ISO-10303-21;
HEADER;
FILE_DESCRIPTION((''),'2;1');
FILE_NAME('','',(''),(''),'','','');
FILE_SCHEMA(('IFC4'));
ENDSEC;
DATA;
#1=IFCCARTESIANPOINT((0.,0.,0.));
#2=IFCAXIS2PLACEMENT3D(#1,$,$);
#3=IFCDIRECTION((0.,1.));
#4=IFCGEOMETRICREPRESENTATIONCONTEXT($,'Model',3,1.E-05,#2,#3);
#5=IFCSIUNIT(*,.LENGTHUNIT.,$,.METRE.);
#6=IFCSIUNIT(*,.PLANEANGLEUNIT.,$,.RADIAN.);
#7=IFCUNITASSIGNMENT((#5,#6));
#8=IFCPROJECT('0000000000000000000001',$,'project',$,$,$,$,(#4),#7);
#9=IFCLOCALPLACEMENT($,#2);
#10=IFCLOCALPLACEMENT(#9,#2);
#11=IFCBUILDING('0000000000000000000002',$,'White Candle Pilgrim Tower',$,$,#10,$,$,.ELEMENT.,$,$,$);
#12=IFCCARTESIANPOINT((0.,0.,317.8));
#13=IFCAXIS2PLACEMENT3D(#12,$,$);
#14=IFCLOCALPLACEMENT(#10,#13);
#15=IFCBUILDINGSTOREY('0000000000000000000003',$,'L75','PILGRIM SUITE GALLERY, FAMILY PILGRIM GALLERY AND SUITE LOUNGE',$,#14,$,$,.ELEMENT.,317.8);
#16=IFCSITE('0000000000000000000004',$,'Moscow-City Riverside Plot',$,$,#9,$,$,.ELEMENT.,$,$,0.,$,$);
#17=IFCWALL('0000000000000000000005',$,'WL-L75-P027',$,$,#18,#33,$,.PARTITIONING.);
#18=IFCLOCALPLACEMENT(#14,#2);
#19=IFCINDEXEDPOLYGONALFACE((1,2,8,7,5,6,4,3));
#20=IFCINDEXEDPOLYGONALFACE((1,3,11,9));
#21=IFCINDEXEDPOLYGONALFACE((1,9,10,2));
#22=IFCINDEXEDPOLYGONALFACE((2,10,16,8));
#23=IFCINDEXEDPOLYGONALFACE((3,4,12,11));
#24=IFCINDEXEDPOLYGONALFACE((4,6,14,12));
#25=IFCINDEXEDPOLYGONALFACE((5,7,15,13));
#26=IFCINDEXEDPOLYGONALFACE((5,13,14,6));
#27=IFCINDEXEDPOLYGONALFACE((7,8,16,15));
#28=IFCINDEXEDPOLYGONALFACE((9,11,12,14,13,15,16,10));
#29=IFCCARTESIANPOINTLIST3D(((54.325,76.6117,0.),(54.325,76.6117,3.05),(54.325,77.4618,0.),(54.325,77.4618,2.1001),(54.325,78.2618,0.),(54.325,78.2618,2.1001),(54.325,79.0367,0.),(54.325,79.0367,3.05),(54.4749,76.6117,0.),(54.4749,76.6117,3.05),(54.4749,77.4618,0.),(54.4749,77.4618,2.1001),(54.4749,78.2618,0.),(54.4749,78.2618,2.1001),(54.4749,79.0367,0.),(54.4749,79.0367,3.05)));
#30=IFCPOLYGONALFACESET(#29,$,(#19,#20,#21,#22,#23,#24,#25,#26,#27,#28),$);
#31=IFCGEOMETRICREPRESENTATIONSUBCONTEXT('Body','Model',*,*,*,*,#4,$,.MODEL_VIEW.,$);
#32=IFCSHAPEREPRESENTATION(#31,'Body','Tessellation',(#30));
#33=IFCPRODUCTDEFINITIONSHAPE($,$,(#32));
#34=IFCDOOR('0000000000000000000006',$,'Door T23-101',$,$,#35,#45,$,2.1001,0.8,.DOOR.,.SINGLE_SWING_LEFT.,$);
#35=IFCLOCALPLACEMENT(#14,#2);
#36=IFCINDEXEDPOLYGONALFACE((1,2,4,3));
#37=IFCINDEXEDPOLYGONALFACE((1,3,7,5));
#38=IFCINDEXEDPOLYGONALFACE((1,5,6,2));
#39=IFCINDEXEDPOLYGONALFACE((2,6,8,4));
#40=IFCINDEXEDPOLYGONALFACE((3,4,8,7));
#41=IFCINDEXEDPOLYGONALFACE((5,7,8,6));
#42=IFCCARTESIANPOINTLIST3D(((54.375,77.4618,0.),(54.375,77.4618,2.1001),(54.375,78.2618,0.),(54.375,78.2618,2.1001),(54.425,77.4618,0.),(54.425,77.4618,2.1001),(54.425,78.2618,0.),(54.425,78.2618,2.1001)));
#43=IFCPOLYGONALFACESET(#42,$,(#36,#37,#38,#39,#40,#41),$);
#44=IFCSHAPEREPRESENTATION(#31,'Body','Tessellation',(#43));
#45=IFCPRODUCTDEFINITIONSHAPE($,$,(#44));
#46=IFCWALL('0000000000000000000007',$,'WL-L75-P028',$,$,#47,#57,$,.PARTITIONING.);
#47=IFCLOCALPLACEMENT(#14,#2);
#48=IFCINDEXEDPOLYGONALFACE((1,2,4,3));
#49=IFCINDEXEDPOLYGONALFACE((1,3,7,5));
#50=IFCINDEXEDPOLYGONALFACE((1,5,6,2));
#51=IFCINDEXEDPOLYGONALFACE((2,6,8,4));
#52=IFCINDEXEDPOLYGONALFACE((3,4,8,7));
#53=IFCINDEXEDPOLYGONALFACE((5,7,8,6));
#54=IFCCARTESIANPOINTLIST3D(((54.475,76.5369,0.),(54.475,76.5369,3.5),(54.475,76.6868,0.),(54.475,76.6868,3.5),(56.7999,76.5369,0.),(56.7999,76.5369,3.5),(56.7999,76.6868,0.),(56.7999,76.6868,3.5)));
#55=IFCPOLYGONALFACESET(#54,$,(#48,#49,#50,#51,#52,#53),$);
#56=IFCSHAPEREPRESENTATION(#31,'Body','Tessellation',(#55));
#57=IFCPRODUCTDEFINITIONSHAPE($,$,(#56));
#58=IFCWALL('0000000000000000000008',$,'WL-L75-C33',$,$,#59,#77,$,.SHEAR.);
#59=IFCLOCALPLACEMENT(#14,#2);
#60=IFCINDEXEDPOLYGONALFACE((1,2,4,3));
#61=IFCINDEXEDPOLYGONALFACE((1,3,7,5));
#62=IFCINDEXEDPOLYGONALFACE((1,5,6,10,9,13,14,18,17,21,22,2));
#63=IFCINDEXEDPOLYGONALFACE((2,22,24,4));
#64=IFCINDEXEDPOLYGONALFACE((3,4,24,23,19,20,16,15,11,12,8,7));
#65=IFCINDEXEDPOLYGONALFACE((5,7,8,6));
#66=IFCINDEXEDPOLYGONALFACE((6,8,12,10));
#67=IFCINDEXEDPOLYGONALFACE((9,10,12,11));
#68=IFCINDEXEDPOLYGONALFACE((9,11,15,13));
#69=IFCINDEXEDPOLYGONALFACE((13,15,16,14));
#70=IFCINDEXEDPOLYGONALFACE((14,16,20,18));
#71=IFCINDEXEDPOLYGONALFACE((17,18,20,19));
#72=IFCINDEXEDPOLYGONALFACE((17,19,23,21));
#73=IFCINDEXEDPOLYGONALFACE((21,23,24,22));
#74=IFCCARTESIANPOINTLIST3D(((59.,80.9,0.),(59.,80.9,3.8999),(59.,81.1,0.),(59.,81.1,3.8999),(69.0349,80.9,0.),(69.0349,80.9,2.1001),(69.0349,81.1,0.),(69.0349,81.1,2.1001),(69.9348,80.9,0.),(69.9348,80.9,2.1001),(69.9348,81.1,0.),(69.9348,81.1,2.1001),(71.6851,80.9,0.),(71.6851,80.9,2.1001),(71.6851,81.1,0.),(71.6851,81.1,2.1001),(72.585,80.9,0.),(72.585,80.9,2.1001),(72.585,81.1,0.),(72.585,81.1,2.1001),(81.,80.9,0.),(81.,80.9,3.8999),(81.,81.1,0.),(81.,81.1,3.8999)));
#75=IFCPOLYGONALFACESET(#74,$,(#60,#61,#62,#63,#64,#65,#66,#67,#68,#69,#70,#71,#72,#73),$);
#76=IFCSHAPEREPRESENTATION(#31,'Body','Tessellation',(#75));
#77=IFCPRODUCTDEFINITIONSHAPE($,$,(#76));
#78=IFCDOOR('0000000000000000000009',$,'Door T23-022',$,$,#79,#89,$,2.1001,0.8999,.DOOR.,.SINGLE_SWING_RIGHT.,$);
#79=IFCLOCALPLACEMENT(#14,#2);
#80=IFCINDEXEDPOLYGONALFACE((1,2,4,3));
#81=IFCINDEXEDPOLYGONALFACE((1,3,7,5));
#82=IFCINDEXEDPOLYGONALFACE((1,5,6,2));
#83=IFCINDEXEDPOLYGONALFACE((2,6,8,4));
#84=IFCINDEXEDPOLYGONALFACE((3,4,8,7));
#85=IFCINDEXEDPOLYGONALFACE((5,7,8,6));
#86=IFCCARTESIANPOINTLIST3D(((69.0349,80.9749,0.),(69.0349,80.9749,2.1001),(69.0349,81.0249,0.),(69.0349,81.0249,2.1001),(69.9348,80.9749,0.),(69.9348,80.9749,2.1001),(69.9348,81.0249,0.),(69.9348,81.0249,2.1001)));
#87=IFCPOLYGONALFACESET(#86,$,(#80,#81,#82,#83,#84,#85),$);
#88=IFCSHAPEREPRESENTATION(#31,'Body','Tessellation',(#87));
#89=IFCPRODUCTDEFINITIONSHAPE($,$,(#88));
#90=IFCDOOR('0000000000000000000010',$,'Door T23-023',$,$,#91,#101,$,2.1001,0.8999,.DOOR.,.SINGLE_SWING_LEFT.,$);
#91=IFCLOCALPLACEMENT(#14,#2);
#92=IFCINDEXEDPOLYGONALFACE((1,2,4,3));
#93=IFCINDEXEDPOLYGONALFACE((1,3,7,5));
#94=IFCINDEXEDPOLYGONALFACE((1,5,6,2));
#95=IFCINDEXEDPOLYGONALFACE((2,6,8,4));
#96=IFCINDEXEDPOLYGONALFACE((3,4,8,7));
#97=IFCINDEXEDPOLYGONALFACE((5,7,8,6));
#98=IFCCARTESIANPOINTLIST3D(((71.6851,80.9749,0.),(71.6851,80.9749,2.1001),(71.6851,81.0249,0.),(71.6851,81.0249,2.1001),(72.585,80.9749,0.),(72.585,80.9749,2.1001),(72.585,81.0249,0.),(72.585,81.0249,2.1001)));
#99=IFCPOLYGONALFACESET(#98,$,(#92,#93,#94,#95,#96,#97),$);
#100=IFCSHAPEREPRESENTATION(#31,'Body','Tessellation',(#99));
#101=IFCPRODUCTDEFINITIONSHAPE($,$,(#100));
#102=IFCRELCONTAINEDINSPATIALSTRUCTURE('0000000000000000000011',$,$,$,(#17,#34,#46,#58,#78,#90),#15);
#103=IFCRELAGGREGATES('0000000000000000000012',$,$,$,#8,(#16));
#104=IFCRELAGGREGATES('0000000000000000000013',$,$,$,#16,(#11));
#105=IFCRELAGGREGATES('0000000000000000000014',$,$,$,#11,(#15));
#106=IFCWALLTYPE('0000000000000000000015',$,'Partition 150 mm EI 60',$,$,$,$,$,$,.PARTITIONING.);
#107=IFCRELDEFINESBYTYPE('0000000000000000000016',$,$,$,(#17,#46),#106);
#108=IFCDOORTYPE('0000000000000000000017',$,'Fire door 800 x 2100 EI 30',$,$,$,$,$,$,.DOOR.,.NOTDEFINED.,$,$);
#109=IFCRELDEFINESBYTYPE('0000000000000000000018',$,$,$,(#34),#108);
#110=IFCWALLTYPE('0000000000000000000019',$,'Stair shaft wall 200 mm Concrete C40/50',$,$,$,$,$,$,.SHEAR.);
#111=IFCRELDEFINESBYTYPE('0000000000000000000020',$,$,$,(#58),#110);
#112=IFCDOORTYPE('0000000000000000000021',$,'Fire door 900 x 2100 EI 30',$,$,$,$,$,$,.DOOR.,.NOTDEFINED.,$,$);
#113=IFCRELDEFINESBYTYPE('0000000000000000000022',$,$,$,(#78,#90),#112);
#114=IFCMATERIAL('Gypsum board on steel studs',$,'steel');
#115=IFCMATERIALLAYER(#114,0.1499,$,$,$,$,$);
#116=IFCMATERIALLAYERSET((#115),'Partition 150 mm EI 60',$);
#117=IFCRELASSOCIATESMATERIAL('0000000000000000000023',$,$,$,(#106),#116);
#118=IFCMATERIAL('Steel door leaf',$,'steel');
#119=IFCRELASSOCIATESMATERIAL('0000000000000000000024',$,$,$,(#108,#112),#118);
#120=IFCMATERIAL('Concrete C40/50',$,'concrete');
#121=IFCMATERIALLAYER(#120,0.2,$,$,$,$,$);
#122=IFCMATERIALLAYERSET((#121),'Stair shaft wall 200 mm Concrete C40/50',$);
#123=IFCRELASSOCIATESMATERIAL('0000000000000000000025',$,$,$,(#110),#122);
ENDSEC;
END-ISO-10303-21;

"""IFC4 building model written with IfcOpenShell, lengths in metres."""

from ifc_helpers import new_model, si_unit, direction, frame, frame_2d, origin, place, context, subcontext, project, spatial, rectangle, extrude, material, layer, layer_set, type_object, element, fill, save


model = new_model("IFC4")

# Units and contexts
model_context = context("Model", 3, precision=1e-05, world=origin(), true_north=direction((0.0, 1.0)))
body_context = subcontext(model_context, "Body", "Model", "MODEL_VIEW")
ifc_project = project(units=[si_unit("LENGTHUNIT", "METRE"), si_unit("PLANEANGLEUNIT", "RADIAN")], contexts=[model_context])

# Site, building, storey
site_placement = place(None, origin())
site = spatial("IfcSite", under=ifc_project, at=site_placement, Name="Moscow-City Riverside Plot", CompositionType="ELEMENT", RefElevation=0.0)
building_placement = place(site_placement, origin())
building = spatial("IfcBuilding", under=site, at=building_placement, Name="White Candle Pilgrim Tower", CompositionType="ELEMENT")
storey_placement = place(building_placement, frame((0.0, 0.0, 317.8)))
storey = spatial("IfcBuildingStorey", under=building, at=storey_placement, Name="L75", Description="PILGRIM SUITE GALLERY, FAMILY PILGRIM GALLERY AND SUITE LOUNGE", CompositionType="ELEMENT", Elevation=317.8)

# Shared definitions
ifc_material_1 = material(Name="Concrete C40/50", Category="concrete")

# Shared definitions
ifc_material_2 = material(Name="Gypsum board on steel studs", Category="steel")
ifc_layer_1 = layer(ifc_material_2, 0.1499)
ifc_layer_set_1 = layer_set([ifc_layer_1], Name="Partition 150 mm EI 60")
wall_type_1 = type_object("IfcWallType", Name="Partition 150 mm EI 60", PredefinedType="PARTITIONING", material=ifc_layer_set_1)

# Wall, opening, door
wall_1_placement = place(storey_placement, frame((54.3999, 76.6118, 0.0), z_axis=(0.0, 0.0, 1.0), x_axis=(0.0, 1.0, 0.0)))
wall_1 = element("IfcWall", 1, at=wall_1_placement, inside=storey, type_object=wall_type_1, Name="WL-L75-P027", PredefinedType="PARTITIONING", context=body_context, shape_type="SweptSolid", body=[
    extrude(rectangle(XDim=2.425, YDim=0.1499, at=frame_2d((1.2124, 0.0))), origin(), (0.0, 0.0, 1.0), 3.05),
])
opening_1_placement = place(wall_1_placement, frame((0.8501, 0.0, 0.0)))
opening_1 = element("IfcOpeningElement", 2, at=opening_1_placement, cuts=wall_1, PredefinedType="OPENING", context=body_context, shape_type="SweptSolid", body=[
    extrude(rectangle(XDim=0.8, YDim=2.1001, at=frame_2d((0.3999, 1.05))), frame((0.0, 0.085, 0.0), z_axis=(0.0, -1.0, 0.0), x_axis=(1.0, 0.0, 0.0)), (0.0, 0.0, 1.0), 0.1699),
])
ifc_material_3 = material(Name="Steel door leaf", Category="steel")
door_type_1 = type_object("IfcDoorType", Name="Fire door 800 x 2100 EI 30", OperationType="NOTDEFINED", PredefinedType="DOOR", material=ifc_material_3)
door_1_placement = place(opening_1_placement, origin())
door_1 = element("IfcDoor", 3, at=door_1_placement, inside=storey, type_object=door_type_1, Name="Door T23-101", OperationType="SINGLE_SWING_LEFT", OverallHeight=2.1001, OverallWidth=0.8, PredefinedType="DOOR", context=body_context, shape_type="SweptSolid", body=[
    extrude(rectangle(XDim=0.8, YDim=2.1001, at=frame_2d((0.3999, 1.05))), frame((0.0, 0.0249, 0.0), z_axis=(0.0, -1.0, 0.0), x_axis=(1.0, 0.0, 0.0)), (0.0, 0.0, 1.0), 0.05),
])
fill(opening_1, door_1)

# Wall
wall_2_placement = place(storey_placement, frame((56.8, 76.6118, 0.0), z_axis=(0.0, 0.0, 1.0), x_axis=(-1.0, 0.0, 0.0)))
element("IfcWall", 4, at=wall_2_placement, inside=storey, type_object=wall_type_1, Name="WL-L75-P028", PredefinedType="PARTITIONING", context=body_context, shape_type="SweptSolid", body=[
    extrude(rectangle(XDim=2.325, YDim=0.1499, at=frame_2d((1.1626, 0.0))), origin(), (0.0, 0.0, 1.0), 3.5),
])

# Wall, openings, doors
ifc_layer_2 = layer(ifc_material_1, 0.2)
ifc_layer_set_2 = layer_set([ifc_layer_2], Name="Stair shaft wall 200 mm Concrete C40/50")
wall_type_2 = type_object("IfcWallType", Name="Stair shaft wall 200 mm Concrete C40/50", PredefinedType="SHEAR", material=ifc_layer_set_2)
wall_3_placement = place(storey_placement, frame((59.0, 81.0, 0.0), z_axis=(0.0, 0.0, 1.0), x_axis=(1.0, 0.0, 0.0)))
wall_3 = element("IfcWall", 5, at=wall_3_placement, inside=storey, type_object=wall_type_2, Name="WL-L75-C33", PredefinedType="SHEAR", context=body_context, shape_type="SweptSolid", body=[
    extrude(rectangle(XDim=22.0, YDim=0.2, at=frame_2d((11.0, 0.0))), origin(), (0.0, 0.0, 1.0), 3.8999),
])
opening_2_placement = place(wall_3_placement, frame((10.0349, 0.0, 0.0)))
opening_2 = element("IfcOpeningElement", 6, at=opening_2_placement, cuts=wall_3, PredefinedType="OPENING", context=body_context, shape_type="SweptSolid", body=[
    extrude(rectangle(XDim=0.8999, YDim=2.1001, at=frame_2d((0.45, 1.05))), frame((0.0, 0.1099, 0.0), z_axis=(0.0, -1.0, 0.0), x_axis=(1.0, 0.0, 0.0)), (0.0, 0.0, 1.0), 0.22),
])
opening_3_placement = place(wall_3_placement, frame((12.6851, 0.0, 0.0)))
opening_3 = element("IfcOpeningElement", 7, at=opening_3_placement, cuts=wall_3, PredefinedType="OPENING", context=body_context, shape_type="SweptSolid", body=[
    extrude(rectangle(XDim=0.8999, YDim=2.1001, at=frame_2d((0.45, 1.05))), frame((0.0, 0.1099, 0.0), z_axis=(0.0, -1.0, 0.0), x_axis=(1.0, 0.0, 0.0)), (0.0, 0.0, 1.0), 0.22),
])
door_type_2 = type_object("IfcDoorType", Name="Fire door 900 x 2100 EI 30", OperationType="NOTDEFINED", PredefinedType="DOOR", material=ifc_material_3)
door_2_placement = place(opening_2_placement, origin())
door_2 = element("IfcDoor", 8, at=door_2_placement, inside=storey, type_object=door_type_2, Name="Door T23-022", OperationType="SINGLE_SWING_RIGHT", OverallHeight=2.1001, OverallWidth=0.8999, PredefinedType="DOOR", context=body_context, shape_type="SweptSolid", body=[
    extrude(rectangle(XDim=0.8999, YDim=2.1001, at=frame_2d((0.45, 1.05))), frame((0.0, 0.0249, 0.0), z_axis=(0.0, -1.0, 0.0), x_axis=(1.0, 0.0, 0.0)), (0.0, 0.0, 1.0), 0.05),
])
fill(opening_2, door_2)
door_3_placement = place(opening_3_placement, origin())
door_3 = element("IfcDoor", 9, at=door_3_placement, inside=storey, type_object=door_type_2, Name="Door T23-023", OperationType="SINGLE_SWING_LEFT", OverallHeight=2.1001, OverallWidth=0.8999, PredefinedType="DOOR", context=body_context, shape_type="SweptSolid", body=[
    extrude(rectangle(XDim=0.8999, YDim=2.1001, at=frame_2d((0.45, 1.05))), frame((0.0, 0.0249, 0.0), z_axis=(0.0, -1.0, 0.0), x_axis=(1.0, 0.0, 0.0)), (0.0, 0.0, 1.0), 0.05),
])
fill(opening_3, door_3)

save(model, "model.ifc")
